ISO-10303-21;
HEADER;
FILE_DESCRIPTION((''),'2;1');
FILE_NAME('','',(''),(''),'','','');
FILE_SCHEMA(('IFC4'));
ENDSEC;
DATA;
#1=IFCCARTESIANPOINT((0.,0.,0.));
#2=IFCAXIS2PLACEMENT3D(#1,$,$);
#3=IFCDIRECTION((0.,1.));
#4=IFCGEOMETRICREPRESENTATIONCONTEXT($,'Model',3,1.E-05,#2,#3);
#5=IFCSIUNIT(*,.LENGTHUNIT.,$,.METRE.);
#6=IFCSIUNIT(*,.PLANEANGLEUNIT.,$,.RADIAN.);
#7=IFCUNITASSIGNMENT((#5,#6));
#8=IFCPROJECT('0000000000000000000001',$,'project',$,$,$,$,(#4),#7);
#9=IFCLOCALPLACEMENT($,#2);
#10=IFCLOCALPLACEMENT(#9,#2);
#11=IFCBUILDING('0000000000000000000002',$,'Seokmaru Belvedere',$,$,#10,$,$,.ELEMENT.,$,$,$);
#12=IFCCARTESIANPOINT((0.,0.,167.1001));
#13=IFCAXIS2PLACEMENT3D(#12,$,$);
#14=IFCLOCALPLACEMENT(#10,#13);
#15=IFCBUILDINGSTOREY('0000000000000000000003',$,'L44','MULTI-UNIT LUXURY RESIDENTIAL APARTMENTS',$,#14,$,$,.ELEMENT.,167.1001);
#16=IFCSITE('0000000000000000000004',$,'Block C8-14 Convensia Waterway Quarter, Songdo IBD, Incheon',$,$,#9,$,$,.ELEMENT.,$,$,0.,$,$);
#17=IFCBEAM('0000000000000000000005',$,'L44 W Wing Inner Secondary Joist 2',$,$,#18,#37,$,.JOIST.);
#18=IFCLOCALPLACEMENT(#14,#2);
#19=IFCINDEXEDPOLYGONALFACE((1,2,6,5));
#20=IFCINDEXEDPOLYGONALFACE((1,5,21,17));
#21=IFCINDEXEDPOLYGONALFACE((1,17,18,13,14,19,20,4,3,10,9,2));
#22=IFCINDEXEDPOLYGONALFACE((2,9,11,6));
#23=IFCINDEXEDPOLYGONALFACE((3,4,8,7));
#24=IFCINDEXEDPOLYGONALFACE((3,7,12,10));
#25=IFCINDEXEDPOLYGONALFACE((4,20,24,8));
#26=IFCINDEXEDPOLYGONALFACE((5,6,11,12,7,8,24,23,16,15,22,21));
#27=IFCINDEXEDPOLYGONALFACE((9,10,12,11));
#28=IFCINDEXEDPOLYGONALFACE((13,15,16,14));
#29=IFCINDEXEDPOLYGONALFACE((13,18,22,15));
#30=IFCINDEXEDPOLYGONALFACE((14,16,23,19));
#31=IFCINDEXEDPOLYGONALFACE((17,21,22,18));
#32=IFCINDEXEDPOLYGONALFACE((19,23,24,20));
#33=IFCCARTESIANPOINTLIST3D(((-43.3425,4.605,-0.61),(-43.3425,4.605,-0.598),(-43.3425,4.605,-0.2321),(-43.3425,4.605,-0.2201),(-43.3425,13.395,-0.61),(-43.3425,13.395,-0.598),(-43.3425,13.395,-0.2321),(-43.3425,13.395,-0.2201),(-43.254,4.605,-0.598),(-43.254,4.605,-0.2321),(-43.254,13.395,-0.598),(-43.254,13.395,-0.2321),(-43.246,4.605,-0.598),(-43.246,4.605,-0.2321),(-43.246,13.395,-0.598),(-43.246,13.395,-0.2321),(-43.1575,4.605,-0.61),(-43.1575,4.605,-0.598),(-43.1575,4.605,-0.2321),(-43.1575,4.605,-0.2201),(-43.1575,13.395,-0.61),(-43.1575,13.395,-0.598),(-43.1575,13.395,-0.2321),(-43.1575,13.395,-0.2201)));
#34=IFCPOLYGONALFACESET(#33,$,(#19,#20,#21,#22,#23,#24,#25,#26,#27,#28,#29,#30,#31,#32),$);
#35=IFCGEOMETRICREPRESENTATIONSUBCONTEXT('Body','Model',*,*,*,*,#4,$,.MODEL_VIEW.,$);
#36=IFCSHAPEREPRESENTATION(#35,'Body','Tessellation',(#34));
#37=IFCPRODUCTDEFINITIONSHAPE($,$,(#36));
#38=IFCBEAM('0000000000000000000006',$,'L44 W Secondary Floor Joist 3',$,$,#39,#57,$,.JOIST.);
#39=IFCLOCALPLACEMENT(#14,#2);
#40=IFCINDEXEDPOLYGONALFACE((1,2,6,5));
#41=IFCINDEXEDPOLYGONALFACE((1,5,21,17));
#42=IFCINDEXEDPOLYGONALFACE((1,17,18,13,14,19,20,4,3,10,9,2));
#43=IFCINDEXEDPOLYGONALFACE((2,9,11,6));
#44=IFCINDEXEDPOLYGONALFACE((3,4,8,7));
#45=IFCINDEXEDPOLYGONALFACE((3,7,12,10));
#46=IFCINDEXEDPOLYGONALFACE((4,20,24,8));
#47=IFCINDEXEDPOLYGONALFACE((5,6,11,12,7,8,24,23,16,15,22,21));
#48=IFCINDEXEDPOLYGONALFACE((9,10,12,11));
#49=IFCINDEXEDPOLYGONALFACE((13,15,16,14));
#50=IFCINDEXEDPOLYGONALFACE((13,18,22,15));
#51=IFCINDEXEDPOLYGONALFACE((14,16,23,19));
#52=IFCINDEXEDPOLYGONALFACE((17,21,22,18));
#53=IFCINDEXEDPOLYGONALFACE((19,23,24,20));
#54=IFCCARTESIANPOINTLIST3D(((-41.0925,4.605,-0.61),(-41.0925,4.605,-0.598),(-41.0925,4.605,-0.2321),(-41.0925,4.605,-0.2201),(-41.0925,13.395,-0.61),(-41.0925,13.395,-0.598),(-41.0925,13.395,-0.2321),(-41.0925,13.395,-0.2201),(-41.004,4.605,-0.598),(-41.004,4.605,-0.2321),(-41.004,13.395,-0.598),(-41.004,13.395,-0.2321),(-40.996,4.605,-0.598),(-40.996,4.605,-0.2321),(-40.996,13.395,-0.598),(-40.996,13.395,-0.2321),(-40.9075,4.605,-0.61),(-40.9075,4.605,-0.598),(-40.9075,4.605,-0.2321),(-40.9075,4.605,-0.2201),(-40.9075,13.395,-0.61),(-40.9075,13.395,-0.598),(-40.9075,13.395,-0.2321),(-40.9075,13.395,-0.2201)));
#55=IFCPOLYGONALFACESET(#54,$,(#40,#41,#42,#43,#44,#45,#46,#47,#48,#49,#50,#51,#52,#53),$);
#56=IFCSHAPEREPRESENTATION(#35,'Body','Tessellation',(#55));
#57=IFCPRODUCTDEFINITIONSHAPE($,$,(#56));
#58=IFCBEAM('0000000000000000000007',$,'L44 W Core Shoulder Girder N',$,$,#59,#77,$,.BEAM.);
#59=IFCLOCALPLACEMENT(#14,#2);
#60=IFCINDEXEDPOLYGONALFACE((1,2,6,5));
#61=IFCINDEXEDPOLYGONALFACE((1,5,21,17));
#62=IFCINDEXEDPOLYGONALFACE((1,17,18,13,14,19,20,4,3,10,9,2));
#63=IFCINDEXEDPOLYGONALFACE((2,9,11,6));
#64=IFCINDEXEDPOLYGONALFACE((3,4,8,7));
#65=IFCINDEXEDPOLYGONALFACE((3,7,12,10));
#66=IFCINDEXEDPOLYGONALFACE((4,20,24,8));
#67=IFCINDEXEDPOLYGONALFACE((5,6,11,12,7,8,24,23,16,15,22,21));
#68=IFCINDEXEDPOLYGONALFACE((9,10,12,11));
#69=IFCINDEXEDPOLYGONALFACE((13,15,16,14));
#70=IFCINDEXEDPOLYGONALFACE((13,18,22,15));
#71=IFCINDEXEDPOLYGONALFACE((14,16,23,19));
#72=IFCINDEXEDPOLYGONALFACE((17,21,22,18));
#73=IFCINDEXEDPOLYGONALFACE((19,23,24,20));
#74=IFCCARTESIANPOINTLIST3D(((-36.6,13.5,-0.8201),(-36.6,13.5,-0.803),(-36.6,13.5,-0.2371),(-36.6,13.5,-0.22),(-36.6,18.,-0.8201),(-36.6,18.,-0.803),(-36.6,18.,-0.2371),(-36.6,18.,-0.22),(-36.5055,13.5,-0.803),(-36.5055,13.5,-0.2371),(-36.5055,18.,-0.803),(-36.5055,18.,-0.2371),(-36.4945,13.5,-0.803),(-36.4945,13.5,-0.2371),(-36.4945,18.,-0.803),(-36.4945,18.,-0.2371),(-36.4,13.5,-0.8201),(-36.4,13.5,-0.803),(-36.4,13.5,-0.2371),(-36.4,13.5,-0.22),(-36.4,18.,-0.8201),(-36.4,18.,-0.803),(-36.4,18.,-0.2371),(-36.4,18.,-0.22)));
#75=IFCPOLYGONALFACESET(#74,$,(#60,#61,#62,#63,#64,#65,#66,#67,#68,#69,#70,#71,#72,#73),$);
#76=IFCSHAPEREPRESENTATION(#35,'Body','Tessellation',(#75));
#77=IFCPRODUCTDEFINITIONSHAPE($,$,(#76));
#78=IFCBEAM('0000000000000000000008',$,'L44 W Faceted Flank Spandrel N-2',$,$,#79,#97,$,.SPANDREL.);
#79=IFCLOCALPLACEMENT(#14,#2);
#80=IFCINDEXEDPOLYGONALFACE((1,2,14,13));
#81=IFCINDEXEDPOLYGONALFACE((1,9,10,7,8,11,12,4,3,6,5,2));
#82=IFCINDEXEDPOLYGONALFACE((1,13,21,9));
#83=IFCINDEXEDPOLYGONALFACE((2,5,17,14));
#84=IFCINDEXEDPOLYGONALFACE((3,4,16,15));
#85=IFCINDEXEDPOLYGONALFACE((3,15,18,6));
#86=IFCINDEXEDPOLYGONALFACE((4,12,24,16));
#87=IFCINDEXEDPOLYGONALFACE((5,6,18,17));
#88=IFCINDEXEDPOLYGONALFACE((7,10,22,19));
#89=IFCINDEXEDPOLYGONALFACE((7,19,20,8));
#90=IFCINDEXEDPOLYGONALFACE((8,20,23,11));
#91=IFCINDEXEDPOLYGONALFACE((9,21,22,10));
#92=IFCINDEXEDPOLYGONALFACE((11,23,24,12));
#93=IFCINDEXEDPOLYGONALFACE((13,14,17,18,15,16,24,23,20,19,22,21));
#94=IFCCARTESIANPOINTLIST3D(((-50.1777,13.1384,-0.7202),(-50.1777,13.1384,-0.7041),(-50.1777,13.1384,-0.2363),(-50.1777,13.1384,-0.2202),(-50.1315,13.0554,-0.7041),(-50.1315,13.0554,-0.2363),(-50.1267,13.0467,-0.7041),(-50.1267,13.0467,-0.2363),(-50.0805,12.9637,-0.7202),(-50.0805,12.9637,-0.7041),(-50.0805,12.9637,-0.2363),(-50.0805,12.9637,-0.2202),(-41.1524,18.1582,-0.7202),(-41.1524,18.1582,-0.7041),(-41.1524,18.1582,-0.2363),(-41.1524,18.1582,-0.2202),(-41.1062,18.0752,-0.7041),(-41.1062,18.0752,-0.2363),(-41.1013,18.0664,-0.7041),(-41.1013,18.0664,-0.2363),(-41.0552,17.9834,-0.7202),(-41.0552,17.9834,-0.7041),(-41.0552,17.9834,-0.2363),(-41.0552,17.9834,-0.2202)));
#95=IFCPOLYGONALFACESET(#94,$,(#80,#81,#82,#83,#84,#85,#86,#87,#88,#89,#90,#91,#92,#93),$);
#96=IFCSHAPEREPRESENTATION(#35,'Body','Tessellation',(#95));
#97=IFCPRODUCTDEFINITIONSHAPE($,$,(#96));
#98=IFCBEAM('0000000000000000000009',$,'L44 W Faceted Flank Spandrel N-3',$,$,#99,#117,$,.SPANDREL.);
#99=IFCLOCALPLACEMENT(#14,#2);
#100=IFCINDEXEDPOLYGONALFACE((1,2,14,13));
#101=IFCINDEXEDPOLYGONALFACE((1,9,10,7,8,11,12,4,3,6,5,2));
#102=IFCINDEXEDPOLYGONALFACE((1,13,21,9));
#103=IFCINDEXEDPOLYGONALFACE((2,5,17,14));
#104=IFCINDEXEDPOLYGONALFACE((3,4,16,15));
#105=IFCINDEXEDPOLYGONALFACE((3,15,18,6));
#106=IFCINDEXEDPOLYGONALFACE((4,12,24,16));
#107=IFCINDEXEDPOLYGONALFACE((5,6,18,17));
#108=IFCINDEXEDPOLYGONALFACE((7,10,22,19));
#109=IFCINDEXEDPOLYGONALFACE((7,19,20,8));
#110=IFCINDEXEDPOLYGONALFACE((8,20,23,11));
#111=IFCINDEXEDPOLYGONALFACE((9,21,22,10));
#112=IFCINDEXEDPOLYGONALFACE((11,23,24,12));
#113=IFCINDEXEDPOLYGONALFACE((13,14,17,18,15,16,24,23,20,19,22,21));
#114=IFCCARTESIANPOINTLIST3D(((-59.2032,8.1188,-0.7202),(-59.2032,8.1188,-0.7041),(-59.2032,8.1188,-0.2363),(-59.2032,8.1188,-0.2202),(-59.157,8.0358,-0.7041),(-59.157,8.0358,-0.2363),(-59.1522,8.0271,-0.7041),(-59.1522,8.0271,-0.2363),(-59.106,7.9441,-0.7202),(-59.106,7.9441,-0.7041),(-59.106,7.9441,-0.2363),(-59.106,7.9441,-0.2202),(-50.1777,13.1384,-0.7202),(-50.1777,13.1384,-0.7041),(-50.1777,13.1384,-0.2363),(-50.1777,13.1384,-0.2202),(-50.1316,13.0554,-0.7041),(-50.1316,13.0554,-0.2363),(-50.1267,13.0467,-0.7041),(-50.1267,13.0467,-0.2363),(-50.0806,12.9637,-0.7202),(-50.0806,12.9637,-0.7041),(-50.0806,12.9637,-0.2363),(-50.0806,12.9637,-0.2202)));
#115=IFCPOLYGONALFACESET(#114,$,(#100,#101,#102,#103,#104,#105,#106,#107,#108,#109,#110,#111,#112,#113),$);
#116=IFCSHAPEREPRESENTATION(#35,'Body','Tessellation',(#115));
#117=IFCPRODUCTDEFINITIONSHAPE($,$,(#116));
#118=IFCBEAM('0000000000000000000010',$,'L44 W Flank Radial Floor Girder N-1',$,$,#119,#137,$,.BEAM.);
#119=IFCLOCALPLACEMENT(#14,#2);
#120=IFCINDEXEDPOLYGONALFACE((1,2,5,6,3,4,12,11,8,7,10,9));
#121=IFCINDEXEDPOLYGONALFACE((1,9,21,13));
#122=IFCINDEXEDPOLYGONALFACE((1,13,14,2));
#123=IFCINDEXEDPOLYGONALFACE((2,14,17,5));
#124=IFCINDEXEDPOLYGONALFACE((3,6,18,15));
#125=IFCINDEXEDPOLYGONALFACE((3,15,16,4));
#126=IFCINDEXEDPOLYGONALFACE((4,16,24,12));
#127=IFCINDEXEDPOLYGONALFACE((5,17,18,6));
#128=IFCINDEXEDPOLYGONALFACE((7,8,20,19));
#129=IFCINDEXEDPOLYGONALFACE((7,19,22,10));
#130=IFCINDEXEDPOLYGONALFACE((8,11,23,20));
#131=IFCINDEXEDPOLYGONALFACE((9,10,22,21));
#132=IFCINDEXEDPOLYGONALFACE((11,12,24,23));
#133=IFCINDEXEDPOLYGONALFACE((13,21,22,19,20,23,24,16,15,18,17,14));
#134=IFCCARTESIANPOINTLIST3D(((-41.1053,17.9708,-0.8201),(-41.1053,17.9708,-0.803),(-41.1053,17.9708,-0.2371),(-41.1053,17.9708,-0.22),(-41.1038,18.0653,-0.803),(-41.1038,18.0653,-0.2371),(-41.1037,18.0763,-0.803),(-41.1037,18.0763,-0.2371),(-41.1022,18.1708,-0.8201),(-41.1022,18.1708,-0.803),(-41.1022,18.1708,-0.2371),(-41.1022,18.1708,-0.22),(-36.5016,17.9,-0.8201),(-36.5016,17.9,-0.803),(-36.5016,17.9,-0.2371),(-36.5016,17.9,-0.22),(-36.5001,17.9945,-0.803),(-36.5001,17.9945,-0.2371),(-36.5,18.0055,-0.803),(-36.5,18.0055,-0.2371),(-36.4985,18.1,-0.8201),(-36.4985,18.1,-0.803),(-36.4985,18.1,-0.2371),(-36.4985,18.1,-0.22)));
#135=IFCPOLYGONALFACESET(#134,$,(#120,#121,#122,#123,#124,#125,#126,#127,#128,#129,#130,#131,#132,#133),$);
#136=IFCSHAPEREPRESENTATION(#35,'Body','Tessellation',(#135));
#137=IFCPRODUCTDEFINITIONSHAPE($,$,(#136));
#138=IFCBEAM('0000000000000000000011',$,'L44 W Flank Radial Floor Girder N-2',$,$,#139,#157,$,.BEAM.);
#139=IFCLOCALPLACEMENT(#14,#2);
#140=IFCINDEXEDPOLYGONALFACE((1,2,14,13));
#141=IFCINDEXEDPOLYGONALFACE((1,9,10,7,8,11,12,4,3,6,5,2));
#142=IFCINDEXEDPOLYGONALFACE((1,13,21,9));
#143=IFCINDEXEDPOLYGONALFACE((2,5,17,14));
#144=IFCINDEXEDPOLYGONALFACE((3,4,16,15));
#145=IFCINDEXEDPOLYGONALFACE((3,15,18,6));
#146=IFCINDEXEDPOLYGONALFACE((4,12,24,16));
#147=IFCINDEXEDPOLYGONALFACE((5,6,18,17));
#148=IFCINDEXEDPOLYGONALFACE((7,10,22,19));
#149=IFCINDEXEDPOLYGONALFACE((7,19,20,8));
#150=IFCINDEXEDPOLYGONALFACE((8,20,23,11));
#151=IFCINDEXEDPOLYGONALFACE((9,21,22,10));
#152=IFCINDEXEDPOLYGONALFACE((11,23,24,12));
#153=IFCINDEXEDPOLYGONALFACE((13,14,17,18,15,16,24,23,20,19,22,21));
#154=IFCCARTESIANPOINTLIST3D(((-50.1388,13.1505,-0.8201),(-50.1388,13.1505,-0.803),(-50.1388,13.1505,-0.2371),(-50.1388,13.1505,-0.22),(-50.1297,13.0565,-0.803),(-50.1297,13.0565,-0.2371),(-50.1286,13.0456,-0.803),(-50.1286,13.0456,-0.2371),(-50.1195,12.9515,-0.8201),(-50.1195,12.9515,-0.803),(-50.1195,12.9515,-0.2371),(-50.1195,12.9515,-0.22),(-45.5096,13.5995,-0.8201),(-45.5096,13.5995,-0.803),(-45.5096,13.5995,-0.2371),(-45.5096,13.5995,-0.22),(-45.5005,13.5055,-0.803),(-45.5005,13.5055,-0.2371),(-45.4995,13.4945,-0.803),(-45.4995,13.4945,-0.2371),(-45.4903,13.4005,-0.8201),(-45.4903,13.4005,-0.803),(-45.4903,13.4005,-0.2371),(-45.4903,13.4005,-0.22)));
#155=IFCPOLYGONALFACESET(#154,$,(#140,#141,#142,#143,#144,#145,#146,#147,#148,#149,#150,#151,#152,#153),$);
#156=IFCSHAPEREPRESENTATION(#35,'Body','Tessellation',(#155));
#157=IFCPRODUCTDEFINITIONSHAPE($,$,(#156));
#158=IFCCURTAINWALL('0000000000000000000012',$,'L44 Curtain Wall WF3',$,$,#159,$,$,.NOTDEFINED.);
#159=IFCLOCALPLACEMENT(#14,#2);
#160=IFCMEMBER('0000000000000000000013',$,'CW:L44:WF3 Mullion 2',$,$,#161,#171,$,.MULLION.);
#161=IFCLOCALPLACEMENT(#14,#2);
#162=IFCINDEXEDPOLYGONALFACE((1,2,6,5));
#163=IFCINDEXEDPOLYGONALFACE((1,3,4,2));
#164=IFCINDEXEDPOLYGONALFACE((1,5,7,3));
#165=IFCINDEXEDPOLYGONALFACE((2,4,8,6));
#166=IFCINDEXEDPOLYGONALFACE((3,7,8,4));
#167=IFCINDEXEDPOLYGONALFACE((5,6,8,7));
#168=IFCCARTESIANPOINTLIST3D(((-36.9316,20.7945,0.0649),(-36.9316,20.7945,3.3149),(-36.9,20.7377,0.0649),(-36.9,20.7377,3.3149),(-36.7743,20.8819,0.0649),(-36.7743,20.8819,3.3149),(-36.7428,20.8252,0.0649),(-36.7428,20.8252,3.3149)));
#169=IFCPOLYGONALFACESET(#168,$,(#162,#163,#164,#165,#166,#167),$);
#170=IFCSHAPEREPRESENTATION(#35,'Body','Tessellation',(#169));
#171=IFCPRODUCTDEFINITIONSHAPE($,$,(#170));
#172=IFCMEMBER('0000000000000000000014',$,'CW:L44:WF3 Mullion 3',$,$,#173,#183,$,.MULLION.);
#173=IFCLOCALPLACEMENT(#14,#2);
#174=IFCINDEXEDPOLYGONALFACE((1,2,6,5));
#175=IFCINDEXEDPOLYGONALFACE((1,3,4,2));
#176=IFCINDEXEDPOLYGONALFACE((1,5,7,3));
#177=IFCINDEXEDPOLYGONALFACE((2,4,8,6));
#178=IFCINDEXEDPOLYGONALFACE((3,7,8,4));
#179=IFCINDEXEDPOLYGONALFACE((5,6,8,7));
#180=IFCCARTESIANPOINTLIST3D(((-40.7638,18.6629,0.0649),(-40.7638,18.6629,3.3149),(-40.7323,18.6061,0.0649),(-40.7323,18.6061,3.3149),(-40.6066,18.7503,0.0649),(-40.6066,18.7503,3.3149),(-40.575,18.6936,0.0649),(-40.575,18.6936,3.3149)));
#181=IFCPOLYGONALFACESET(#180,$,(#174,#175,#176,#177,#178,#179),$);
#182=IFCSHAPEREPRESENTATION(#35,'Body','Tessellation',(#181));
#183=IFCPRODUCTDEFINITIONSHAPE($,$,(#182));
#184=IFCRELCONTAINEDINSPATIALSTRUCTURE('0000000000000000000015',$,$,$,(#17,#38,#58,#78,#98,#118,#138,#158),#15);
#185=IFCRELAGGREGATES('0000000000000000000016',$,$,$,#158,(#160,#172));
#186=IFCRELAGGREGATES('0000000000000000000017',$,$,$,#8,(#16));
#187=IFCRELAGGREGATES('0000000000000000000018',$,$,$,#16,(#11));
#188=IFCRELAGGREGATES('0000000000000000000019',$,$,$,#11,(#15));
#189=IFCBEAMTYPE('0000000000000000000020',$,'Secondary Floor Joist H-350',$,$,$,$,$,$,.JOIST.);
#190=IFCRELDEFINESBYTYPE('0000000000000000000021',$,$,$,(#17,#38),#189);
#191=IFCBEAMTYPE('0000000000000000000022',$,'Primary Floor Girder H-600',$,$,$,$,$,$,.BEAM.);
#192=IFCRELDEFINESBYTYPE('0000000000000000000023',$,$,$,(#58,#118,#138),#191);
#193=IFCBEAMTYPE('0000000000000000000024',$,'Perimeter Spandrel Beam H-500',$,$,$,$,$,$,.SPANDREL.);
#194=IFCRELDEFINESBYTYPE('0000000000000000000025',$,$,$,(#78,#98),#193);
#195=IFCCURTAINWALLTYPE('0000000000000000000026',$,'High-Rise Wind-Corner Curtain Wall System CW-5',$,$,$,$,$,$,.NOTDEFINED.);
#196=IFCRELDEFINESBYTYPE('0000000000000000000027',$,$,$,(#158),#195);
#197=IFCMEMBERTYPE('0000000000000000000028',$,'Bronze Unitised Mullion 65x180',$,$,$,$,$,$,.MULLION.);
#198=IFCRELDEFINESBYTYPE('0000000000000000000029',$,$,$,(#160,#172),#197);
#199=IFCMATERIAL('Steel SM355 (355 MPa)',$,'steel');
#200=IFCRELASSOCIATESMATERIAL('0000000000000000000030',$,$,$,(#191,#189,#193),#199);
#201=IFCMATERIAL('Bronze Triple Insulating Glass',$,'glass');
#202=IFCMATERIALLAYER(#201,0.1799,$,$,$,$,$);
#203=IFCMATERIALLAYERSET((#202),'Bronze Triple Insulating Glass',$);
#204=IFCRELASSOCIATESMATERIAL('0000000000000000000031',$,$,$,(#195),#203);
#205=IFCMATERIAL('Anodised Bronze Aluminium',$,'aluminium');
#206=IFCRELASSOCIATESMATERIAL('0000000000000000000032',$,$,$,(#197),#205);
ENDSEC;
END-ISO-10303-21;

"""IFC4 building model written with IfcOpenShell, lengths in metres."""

from ifc_helpers import new_model, si_unit, direction, frame, origin, origin_2d, place, context, subcontext, project, spatial, rectangle, i_section, extrude, source, transform, mapped, material, layer, layer_set, material_profile, profile_set, type_object, type_shapes, element, aggregate, save


model = new_model("IFC4")

# Units and contexts
model_context = context("Model", 3, precision=1e-05, world=origin(), true_north=direction((0.0, 1.0)))
body_context = subcontext(model_context, "Body", "Model", "MODEL_VIEW")
ifc_project = project(units=[si_unit("LENGTHUNIT", "METRE"), si_unit("PLANEANGLEUNIT", "RADIAN")], contexts=[model_context])

# Site, building, storey
site_placement = place(None, origin())
site = spatial("IfcSite", under=ifc_project, at=site_placement, Name="Block C8-14 Convensia Waterway Quarter, Songdo IBD, Incheon", CompositionType="ELEMENT", RefElevation=0.0)
building_placement = place(site_placement, origin())
building = spatial("IfcBuilding", under=site, at=building_placement, Name="Seokmaru Belvedere", CompositionType="ELEMENT")
storey_placement = place(building_placement, frame((0.0, 0.0, 167.1001)))
storey = spatial("IfcBuildingStorey", under=building, at=storey_placement, Name="L44", Description="MULTI-UNIT LUXURY RESIDENTIAL APARTMENTS", CompositionType="ELEMENT", Elevation=167.1001)

# Shared definitions
ifc_material_1 = material(Name="Steel SM355 (355 MPa)", Category="steel")

# Beams
ifc_material_profile_1 = material_profile(ifc_material_1, i_section(OverallWidth=0.2, OverallDepth=0.6001, WebThickness=0.011, FlangeThickness=0.0171, at=origin_2d()), Name="H-600x200x11x17")
ifc_profile_set_1 = profile_set([ifc_material_profile_1], Name="Steel SM355 (355 MPa)")
beam_type_1 = type_object("IfcBeamType", Name="Primary Floor Girder H-600", PredefinedType="BEAM", material=ifc_profile_set_1)
ifc_material_profile_2 = material_profile(ifc_material_1, i_section(OverallWidth=0.1851, OverallDepth=0.3899, WebThickness=0.0081, FlangeThickness=0.012, at=origin_2d()), Name="H-390x185x8x12")
ifc_profile_set_2 = profile_set([ifc_material_profile_2], Name="Steel SM355 (355 MPa)")
beam_type_2 = type_object("IfcBeamType", Name="Secondary Floor Joist H-350", PredefinedType="JOIST", material=ifc_profile_set_2)
shared_shape_1 = source(origin(), body_context, "Body", "SweptSolid", [
    extrude(i_section(OverallWidth=0.1851, OverallDepth=0.3899, WebThickness=0.0081, FlangeThickness=0.012, at=origin_2d()), origin(), (0.0, 0.0, 1.0), 8.79),
])
type_shapes(beam_type_2, [shared_shape_1])
for number, where, z_axis, x_axis, name in (
    (1, (-43.25, 4.605, -0.415), (0.0, 1.0, 0.0), (-1.0, 0.0, 0.0), "L44 W Wing Inner Secondary Joist 2"),
    (2, (-41.0, 4.605, -0.415), (0.0, 1.0, 0.0), (-1.0, 0.0, 0.0), "L44 W Secondary Floor Joist 3"),
):
    element("IfcBeam", number, at=place(storey_placement, frame(where, z_axis=z_axis, x_axis=x_axis)), inside=storey, type_object=beam_type_2, Name=name, PredefinedType="JOIST", context=body_context, shape_type="MappedRepresentation", body=[
        mapped(shared_shape_1, transform((0.0, 0.0, 0.0), scale=1.0)),
    ])
shared_shape_2 = source(origin(), body_context, "Body", "SweptSolid", [
    extrude(i_section(OverallWidth=0.2, OverallDepth=0.6001, WebThickness=0.011, FlangeThickness=0.0171, at=origin_2d()), origin(), (0.0, 0.0, 1.0), 4.5),
])
beam_1_placement = place(storey_placement, frame((-36.5, 13.5, -0.52), z_axis=(0.0, 1.0, 0.0), x_axis=(-1.0, 0.0, 0.0)))
element("IfcBeam", 3, at=beam_1_placement, inside=storey, type_object=beam_type_1, Name="L44 W Core Shoulder Girder N", PredefinedType="BEAM", context=body_context, shape_type="MappedRepresentation", body=[
    mapped(shared_shape_2, transform((0.0, 0.0, 0.0), scale=1.0)),
])
ifc_material_profile_3 = material_profile(ifc_material_1, i_section(OverallWidth=0.2, OverallDepth=0.5, WebThickness=0.01, FlangeThickness=0.0161, at=origin_2d()), Name="H-500x200x10x16")
ifc_profile_set_3 = profile_set([ifc_material_profile_3], Name="Steel SM355 (355 MPa)")
beam_type_3 = type_object("IfcBeamType", Name="Perimeter Spandrel Beam H-500", PredefinedType="SPANDREL", material=ifc_profile_set_3)
shared_shape_3 = source(origin(), body_context, "Body", "SweptSolid", [
    extrude(i_section(OverallWidth=0.2, OverallDepth=0.5, WebThickness=0.01, FlangeThickness=0.0161, at=origin_2d()), origin(), (0.0, 0.0, 1.0), 10.3274),
])
type_shapes(beam_type_3, [shared_shape_3])
for number, where, z_axis, x_axis, name in (
    (4, (-41.1038, 18.0708, -0.4702), (-0.873924, -0.486062, 0.0), (0.486062, -0.873924, 0.0), "L44 W Faceted Flank Spandrel N-2"),
    (5, (-50.1292, 13.051, -0.4702), (-0.873934, -0.486044, 0.0), (0.486044, -0.873934, 0.0), "L44 W Faceted Flank Spandrel N-3"),
):
    element("IfcBeam", number, at=place(storey_placement, frame(where, z_axis=z_axis, x_axis=x_axis)), inside=storey, type_object=beam_type_3, Name=name, PredefinedType="SPANDREL", context=body_context, shape_type="MappedRepresentation", body=[
        mapped(shared_shape_3, transform((0.0, 0.0, 0.0), scale=1.0)),
    ])
shared_shape_4 = source(origin(), body_context, "Body", "SweptSolid", [
    extrude(i_section(OverallWidth=0.2, OverallDepth=0.6001, WebThickness=0.011, FlangeThickness=0.0171, at=origin_2d()), origin(), (0.0, 0.0, 1.0), 4.6042),
])
beam_2_placement = place(storey_placement, frame((-41.1038, 18.0708, -0.52), z_axis=(0.999882, -0.015377, 0.0), x_axis=(0.015377, 0.999882, 0.0)))
element("IfcBeam", 6, at=beam_2_placement, inside=storey, type_object=beam_type_1, Name="L44 W Flank Radial Floor Girder N-1", PredefinedType="BEAM", context=body_context, shape_type="MappedRepresentation", body=[
    mapped(shared_shape_4, transform((0.0, 0.0, 0.0), scale=1.0)),
])
shared_shape_5 = source(origin(), body_context, "Body", "SweptSolid", [
    extrude(i_section(OverallWidth=0.2, OverallDepth=0.6001, WebThickness=0.011, FlangeThickness=0.0171, at=origin_2d()), origin(), (0.0, 0.0, 1.0), 4.6509),
])
beam_3_placement = place(storey_placement, frame((-50.1292, 13.051, -0.52), z_axis=(0.99533, 0.096536, 0.0), x_axis=(-0.096536, 0.99533, 0.0)))
element("IfcBeam", 7, at=beam_3_placement, inside=storey, type_object=beam_type_1, Name="L44 W Flank Radial Floor Girder N-2", PredefinedType="BEAM", context=body_context, shape_type="MappedRepresentation", body=[
    mapped(shared_shape_5, transform((0.0, 0.0, 0.0), scale=1.0)),
])

# Curtain wall, members
ifc_material_2 = material(Name="Bronze Triple Insulating Glass", Category="glass")
ifc_layer_1 = layer(ifc_material_2, 0.1799)
ifc_layer_set_1 = layer_set([ifc_layer_1], Name="Bronze Triple Insulating Glass")
curtain_wall_type = type_object("IfcCurtainWallType", Name="High-Rise Wind-Corner Curtain Wall System CW-5", PredefinedType="NOTDEFINED", material=ifc_layer_set_1)
curtain_wall_placement = place(storey_placement, origin())
curtain_wall = element("IfcCurtainWall", 8, at=curtain_wall_placement, inside=storey, type_object=curtain_wall_type, Name="L44 Curtain Wall WF3", PredefinedType="NOTDEFINED")
ifc_material_3 = material(Name="Anodised Bronze Aluminium", Category="aluminium")
ifc_material_profile_4 = material_profile(ifc_material_3, rectangle(XDim=0.0649, YDim=0.1799, at=origin_2d()), Name="CW-M-65x180")
ifc_profile_set_4 = profile_set([ifc_material_profile_4], Name="Anodised Bronze Aluminium")
member_type = type_object("IfcMemberType", Name="Bronze Unitised Mullion 65x180", PredefinedType="MULLION", material=ifc_profile_set_4)
shared_shape_6 = source(origin(), body_context, "Body", "SweptSolid", [
    extrude(rectangle(XDim=0.0649, YDim=0.1799, at=origin_2d()), origin(), (0.0, 0.0, 1.0), 3.25),
])
type_shapes(member_type, [shared_shape_6])
member_1_placement = place(storey_placement, frame((-36.8372, 20.8098, 0.0649), z_axis=(0.0, 0.0, 1.0), x_axis=(0.486047, -0.873933, 0.0)))
member_1 = element("IfcMember", 9, at=member_1_placement, type_object=member_type, Name="CW:L44:WF3 Mullion 2", PredefinedType="MULLION", context=body_context, shape_type="MappedRepresentation", body=[
    mapped(shared_shape_6, transform((0.0, 0.0, 0.0), scale=1.0)),
])
member_2_placement = place(storey_placement, frame((-40.6694, 18.6782, 0.0649), z_axis=(0.0, 0.0, 1.0), x_axis=(0.486047, -0.873933, 0.0)))
member_2 = element("IfcMember", 10, at=member_2_placement, type_object=member_type, Name="CW:L44:WF3 Mullion 3", PredefinedType="MULLION", context=body_context, shape_type="MappedRepresentation", body=[
    mapped(shared_shape_6, transform((0.0, 0.0, 0.0), scale=1.0)),
])
aggregate(curtain_wall, [member_1, member_2])

save(model, "model.ifc")
